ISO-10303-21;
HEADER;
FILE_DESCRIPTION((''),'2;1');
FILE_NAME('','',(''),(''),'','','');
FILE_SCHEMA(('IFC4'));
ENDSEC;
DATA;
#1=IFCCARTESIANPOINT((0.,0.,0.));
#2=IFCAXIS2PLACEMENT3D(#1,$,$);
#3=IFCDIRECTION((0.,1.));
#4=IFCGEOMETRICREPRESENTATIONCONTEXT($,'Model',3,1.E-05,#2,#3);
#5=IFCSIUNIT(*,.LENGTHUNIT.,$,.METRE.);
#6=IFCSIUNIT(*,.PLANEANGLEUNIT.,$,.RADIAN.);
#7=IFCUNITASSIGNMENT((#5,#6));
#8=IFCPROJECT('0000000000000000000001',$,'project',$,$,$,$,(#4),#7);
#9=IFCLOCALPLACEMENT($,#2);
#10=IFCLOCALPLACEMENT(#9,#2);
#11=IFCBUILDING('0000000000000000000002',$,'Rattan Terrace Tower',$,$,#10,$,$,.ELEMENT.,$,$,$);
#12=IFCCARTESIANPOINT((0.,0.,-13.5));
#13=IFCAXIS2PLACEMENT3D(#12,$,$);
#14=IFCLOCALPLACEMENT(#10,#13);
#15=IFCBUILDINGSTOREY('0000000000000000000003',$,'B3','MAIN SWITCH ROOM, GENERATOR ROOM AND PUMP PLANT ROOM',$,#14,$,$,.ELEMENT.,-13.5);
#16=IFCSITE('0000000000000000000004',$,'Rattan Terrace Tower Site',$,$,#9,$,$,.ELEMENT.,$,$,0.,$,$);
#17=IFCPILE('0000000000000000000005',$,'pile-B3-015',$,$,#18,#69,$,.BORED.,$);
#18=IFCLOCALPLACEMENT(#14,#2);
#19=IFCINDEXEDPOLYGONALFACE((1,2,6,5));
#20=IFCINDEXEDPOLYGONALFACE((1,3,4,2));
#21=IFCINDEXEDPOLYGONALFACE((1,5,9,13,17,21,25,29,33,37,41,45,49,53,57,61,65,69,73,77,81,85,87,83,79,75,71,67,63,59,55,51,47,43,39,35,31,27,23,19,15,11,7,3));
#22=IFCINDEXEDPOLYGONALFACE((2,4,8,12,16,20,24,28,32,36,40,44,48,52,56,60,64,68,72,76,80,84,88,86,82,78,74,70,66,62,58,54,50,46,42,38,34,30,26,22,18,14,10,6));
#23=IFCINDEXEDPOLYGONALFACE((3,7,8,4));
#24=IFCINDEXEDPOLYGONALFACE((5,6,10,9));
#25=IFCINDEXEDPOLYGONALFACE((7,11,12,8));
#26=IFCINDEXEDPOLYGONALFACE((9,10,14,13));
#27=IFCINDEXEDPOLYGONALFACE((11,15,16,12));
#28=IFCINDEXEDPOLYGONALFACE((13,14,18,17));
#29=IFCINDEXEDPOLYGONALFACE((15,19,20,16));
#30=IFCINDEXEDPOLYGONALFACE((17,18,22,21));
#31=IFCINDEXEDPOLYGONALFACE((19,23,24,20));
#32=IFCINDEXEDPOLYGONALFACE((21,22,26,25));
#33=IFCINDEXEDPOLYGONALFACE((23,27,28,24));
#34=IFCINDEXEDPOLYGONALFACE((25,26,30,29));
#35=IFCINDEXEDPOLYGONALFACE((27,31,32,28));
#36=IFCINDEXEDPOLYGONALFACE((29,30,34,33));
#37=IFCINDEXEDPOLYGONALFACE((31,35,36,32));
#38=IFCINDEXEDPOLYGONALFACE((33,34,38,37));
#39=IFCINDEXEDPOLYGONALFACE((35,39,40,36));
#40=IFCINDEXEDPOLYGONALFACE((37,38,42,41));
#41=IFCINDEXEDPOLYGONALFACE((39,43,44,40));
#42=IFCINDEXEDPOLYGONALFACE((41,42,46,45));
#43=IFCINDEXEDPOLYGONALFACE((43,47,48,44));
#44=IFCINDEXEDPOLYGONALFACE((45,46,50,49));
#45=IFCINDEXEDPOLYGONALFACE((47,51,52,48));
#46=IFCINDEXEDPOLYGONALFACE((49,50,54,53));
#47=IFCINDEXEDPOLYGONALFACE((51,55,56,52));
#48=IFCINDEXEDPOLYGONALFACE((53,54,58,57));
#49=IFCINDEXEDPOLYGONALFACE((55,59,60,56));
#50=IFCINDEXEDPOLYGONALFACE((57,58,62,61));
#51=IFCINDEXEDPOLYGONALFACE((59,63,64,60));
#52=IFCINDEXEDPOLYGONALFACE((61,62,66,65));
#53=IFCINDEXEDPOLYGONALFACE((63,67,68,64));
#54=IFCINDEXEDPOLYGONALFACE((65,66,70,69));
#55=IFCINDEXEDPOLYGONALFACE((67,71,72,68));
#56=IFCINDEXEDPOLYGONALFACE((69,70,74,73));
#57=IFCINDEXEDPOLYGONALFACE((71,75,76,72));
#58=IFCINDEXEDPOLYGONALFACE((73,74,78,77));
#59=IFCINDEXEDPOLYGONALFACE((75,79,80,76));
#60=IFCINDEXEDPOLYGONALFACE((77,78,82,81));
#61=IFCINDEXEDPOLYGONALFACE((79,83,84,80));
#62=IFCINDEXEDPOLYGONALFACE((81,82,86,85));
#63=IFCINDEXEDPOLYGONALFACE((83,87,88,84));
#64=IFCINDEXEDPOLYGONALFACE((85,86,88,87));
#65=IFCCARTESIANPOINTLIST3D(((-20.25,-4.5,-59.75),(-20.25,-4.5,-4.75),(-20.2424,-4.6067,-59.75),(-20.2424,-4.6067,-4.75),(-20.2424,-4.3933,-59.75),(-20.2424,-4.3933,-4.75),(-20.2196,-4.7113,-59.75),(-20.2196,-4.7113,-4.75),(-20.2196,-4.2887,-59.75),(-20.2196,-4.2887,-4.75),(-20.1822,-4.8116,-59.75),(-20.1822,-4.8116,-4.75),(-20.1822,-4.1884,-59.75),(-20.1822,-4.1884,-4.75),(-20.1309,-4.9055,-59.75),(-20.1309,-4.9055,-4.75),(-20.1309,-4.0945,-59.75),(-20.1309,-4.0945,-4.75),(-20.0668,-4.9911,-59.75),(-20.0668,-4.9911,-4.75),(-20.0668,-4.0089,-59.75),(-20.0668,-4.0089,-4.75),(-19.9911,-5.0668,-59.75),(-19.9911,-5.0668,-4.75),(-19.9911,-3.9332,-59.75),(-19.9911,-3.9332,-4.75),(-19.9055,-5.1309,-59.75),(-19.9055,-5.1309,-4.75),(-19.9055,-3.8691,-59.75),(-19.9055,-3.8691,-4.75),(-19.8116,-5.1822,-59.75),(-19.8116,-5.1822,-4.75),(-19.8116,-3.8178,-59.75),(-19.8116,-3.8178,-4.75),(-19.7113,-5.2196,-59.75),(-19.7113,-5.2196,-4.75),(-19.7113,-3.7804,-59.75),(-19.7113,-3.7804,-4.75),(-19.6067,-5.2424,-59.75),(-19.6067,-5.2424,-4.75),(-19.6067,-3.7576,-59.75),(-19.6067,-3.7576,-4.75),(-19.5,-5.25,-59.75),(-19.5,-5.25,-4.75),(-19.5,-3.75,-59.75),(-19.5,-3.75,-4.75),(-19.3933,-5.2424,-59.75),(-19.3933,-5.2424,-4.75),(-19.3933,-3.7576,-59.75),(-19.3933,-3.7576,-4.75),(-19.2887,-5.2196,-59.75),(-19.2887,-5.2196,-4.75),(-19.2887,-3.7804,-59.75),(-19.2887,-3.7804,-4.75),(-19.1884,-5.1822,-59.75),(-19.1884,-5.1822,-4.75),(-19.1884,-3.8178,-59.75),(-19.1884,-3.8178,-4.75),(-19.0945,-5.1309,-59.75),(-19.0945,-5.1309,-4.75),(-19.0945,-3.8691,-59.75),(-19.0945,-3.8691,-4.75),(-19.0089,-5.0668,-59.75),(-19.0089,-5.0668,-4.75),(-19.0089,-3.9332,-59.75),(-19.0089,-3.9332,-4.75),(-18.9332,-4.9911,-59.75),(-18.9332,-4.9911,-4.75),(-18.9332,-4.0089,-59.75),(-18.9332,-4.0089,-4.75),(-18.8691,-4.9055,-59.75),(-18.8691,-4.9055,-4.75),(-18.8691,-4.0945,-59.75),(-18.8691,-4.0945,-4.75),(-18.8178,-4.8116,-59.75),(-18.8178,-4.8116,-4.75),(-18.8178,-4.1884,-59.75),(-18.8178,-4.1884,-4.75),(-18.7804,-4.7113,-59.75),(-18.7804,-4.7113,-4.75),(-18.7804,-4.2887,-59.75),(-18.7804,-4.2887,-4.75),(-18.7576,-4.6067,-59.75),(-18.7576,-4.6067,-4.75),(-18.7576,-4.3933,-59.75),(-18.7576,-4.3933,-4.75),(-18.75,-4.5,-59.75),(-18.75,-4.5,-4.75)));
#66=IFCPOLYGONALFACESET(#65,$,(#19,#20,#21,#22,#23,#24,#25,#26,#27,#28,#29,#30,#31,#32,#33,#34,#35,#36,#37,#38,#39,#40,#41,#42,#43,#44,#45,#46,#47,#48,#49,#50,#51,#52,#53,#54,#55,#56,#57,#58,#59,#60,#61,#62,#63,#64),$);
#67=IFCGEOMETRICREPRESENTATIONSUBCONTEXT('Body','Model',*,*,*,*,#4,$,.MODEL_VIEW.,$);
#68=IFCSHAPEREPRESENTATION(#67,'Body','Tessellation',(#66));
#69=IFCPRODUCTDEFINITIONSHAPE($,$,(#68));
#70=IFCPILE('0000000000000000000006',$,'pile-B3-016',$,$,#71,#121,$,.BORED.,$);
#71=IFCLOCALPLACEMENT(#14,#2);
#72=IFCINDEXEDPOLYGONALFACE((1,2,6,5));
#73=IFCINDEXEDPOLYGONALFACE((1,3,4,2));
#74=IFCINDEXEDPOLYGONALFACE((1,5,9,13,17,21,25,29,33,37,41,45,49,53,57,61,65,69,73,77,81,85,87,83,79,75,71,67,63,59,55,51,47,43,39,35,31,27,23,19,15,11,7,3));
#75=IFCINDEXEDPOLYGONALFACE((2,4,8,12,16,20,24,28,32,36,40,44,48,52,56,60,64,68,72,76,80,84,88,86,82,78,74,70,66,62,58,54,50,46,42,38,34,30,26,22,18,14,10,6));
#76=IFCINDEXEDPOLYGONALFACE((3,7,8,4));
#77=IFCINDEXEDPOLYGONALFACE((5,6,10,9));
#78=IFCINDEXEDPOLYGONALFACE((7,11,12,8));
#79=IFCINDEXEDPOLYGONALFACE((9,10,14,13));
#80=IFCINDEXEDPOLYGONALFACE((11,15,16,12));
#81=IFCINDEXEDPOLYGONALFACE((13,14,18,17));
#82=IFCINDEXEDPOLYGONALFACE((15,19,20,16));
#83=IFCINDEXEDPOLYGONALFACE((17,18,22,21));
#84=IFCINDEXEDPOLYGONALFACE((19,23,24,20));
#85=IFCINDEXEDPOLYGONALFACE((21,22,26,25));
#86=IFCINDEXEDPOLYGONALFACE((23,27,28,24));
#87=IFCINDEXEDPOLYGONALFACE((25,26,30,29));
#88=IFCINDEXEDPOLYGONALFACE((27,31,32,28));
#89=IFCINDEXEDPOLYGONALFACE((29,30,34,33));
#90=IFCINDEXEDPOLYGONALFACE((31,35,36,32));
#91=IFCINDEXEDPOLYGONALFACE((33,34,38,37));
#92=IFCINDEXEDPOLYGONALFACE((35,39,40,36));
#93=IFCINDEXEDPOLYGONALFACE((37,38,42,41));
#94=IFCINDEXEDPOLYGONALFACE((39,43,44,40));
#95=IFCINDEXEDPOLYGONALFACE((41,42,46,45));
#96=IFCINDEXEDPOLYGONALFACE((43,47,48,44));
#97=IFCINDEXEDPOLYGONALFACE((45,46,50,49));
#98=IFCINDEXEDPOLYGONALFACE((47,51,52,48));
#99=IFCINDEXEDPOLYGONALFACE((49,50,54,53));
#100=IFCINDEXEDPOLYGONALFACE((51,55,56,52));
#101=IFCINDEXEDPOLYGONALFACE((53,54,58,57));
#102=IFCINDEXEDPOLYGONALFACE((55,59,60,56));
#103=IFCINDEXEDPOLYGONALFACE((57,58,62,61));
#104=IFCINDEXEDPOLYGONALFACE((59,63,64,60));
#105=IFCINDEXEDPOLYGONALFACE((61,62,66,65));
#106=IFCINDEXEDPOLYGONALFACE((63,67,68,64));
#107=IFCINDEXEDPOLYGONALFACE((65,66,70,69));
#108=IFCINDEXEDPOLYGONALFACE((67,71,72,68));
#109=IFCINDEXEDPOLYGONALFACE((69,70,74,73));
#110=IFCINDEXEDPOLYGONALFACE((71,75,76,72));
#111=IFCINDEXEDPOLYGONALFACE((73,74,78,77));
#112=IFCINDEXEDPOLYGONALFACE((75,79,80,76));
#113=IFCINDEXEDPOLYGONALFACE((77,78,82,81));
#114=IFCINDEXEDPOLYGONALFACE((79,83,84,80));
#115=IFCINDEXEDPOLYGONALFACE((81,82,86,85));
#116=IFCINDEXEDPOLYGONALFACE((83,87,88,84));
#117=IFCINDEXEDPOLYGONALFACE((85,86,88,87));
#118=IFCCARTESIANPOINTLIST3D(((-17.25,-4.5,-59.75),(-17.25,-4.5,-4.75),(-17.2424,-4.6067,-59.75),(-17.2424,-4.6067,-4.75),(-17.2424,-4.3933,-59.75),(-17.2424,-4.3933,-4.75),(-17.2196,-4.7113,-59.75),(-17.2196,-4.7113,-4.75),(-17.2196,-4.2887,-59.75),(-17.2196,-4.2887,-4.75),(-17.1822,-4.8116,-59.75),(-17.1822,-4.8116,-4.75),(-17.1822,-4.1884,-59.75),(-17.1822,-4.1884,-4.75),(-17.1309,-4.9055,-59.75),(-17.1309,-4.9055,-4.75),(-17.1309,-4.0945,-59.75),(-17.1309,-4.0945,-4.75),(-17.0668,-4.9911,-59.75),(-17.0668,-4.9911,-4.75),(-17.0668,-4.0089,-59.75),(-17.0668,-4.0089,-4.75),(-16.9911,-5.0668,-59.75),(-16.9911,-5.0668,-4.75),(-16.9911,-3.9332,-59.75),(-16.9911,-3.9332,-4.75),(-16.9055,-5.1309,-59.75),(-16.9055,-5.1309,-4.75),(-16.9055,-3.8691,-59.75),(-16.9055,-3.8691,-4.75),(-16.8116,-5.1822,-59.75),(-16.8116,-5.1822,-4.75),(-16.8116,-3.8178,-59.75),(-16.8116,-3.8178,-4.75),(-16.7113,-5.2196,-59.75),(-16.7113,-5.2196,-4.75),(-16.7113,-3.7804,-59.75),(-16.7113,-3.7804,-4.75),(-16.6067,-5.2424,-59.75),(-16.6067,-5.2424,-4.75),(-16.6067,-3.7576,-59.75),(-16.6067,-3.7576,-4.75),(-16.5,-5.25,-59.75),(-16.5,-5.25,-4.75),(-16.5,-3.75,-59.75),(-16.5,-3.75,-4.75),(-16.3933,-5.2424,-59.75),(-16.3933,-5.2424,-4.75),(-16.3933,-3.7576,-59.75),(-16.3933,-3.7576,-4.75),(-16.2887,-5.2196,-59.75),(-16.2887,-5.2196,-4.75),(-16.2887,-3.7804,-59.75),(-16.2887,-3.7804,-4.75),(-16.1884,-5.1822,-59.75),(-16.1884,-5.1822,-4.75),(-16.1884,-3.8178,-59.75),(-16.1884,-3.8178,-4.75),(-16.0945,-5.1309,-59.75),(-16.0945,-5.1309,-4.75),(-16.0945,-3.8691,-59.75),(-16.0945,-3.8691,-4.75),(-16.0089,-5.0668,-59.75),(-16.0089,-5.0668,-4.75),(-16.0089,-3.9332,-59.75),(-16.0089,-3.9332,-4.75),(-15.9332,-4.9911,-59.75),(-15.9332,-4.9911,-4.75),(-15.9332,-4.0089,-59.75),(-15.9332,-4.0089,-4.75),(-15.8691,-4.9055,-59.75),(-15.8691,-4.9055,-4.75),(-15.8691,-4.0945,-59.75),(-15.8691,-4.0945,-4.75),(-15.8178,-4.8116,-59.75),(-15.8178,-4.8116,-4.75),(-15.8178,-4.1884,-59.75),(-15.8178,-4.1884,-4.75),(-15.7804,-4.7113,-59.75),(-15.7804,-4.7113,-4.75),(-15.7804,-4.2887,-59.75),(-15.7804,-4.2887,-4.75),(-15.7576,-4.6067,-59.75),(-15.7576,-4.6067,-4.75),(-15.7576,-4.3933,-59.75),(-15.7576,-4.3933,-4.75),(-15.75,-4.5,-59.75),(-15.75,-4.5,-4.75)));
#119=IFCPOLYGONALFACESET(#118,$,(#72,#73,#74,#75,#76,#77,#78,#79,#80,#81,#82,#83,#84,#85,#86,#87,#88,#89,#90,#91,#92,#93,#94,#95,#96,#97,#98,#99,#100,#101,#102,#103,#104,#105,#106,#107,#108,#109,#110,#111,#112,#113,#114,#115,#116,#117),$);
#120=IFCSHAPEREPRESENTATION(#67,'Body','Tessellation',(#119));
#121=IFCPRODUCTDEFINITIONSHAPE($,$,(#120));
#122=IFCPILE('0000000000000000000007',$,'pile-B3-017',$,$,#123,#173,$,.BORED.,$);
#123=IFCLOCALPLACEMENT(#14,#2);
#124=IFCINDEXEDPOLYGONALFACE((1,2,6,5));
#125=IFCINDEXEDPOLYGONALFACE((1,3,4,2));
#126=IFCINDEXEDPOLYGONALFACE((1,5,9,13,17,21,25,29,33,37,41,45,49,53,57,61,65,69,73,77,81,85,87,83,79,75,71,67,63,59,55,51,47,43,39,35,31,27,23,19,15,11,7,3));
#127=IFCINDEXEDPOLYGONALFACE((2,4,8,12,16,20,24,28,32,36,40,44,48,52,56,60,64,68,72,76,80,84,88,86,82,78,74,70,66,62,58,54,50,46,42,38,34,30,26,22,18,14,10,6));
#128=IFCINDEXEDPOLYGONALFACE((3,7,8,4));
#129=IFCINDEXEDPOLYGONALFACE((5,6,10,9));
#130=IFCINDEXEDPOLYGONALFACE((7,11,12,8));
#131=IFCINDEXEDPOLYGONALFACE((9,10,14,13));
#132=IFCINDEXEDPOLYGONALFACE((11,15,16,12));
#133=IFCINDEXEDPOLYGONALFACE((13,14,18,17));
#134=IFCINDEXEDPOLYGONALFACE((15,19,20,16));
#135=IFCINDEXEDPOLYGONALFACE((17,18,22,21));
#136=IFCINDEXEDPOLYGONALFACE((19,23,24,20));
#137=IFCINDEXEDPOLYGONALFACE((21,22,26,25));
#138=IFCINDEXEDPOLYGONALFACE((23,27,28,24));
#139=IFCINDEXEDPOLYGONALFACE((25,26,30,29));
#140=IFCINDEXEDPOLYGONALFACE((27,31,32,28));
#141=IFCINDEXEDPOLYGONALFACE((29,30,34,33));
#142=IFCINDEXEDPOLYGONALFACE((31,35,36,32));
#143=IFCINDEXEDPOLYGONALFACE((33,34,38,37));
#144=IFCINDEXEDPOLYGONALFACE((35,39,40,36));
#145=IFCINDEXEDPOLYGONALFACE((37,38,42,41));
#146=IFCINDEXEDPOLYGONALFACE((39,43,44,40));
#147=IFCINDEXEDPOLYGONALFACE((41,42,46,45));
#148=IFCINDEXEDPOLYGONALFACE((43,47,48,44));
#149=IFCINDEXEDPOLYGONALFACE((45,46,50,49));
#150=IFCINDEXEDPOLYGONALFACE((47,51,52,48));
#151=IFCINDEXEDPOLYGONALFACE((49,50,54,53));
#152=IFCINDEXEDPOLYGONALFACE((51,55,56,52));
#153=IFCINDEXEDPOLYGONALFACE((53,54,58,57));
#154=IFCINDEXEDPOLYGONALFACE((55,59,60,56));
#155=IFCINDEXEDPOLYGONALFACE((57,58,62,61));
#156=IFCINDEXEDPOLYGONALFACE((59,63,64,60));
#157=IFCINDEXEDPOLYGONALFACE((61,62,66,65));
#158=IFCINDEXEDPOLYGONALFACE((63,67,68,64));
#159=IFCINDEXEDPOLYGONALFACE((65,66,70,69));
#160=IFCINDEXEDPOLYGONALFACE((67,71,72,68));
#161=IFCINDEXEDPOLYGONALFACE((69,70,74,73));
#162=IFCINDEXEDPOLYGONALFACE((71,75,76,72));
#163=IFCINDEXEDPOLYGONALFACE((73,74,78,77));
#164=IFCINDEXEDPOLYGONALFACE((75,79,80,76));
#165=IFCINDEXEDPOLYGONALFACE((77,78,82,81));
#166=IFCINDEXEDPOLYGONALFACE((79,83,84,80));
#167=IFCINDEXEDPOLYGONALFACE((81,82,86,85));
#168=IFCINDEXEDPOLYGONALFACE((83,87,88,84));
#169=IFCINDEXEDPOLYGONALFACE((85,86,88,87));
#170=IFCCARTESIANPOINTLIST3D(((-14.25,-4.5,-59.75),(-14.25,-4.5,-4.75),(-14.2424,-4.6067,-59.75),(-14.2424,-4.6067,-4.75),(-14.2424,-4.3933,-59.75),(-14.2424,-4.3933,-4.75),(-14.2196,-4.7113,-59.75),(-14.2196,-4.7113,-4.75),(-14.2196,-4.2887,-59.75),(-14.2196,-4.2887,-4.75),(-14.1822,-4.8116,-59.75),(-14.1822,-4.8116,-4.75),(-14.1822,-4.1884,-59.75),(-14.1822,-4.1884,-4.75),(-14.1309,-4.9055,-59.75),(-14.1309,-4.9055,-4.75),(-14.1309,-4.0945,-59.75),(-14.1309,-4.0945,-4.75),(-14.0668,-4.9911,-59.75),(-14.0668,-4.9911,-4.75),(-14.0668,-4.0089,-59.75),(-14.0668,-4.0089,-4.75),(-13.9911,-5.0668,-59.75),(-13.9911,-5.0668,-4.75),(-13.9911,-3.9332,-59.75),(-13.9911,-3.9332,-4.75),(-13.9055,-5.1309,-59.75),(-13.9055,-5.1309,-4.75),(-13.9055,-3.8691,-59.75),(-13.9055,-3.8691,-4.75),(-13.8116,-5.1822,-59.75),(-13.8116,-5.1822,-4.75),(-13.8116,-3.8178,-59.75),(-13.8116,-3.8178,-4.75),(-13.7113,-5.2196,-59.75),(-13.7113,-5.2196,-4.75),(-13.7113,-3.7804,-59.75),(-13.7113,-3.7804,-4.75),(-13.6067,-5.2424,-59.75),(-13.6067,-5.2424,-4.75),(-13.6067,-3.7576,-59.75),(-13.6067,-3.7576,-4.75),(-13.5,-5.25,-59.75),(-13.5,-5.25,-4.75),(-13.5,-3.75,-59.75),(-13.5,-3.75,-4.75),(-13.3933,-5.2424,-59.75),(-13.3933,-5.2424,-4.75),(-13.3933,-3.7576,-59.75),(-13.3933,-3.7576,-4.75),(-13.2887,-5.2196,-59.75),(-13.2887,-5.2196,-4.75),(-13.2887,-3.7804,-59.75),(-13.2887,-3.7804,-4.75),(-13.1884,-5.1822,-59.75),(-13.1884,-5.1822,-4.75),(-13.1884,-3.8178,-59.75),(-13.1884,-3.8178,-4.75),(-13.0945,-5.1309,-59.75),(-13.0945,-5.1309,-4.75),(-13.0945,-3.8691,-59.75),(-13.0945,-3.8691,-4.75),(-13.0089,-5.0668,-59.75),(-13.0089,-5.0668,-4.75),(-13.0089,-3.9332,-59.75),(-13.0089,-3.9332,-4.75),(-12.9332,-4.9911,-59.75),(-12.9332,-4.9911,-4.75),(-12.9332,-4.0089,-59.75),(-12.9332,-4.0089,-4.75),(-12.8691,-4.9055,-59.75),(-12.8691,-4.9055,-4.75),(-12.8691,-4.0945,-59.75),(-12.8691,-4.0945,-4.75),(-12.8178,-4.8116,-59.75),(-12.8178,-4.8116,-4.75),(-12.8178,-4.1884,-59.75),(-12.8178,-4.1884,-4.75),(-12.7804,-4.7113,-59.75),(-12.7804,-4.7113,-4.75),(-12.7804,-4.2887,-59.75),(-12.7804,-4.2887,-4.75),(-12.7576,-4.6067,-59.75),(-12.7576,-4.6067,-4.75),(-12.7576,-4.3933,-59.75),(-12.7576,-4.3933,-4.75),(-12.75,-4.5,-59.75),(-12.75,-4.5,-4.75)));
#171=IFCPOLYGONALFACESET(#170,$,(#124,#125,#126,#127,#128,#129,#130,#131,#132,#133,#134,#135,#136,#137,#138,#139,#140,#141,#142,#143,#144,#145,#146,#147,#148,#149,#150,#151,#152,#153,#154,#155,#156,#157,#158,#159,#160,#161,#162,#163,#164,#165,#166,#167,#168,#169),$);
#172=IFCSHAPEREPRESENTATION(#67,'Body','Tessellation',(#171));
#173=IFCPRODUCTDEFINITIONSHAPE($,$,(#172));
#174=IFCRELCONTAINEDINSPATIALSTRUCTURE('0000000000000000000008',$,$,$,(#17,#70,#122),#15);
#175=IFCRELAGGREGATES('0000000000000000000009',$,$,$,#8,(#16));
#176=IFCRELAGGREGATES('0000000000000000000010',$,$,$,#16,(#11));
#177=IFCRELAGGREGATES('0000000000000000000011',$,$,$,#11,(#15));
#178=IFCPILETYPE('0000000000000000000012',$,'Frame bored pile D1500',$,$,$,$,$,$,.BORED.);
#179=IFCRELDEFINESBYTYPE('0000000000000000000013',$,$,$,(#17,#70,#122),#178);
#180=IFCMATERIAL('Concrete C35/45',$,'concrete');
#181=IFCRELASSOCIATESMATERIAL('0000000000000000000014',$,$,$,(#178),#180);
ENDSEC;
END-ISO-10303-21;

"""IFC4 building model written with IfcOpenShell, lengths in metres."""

from ifc_helpers import new_model, si_unit, direction, frame, origin, origin_2d, place, context, subcontext, project, spatial, circle, extrude, material, material_profile, profile_set, type_object, element, save


model = new_model("IFC4")

# Units and contexts
model_context = context("Model", 3, precision=1e-05, world=origin(), true_north=direction((0.0, 1.0)))
body_context = subcontext(model_context, "Body", "Model", "MODEL_VIEW")
ifc_project = project(units=[si_unit("LENGTHUNIT", "METRE"), si_unit("PLANEANGLEUNIT", "RADIAN")], contexts=[model_context])

# Site, building, storey
site_placement = place(None, origin())
site = spatial("IfcSite", under=ifc_project, at=site_placement, Name="Rattan Terrace Tower Site", CompositionType="ELEMENT", RefElevation=0.0)
building_placement = place(site_placement, origin())
building = spatial("IfcBuilding", under=site, at=building_placement, Name="Rattan Terrace Tower", CompositionType="ELEMENT")
storey_placement = place(building_placement, frame((0.0, 0.0, -13.5)))
storey = spatial("IfcBuildingStorey", under=building, at=storey_placement, Name="B3", Description="MAIN SWITCH ROOM, GENERATOR ROOM AND PUMP PLANT ROOM", CompositionType="ELEMENT", Elevation=-13.5)

# Piles
ifc_material_1 = material(Name="Concrete C35/45", Category="concrete")
ifc_material_profile = material_profile(ifc_material_1, circle(Radius=0.75, at=origin_2d()), Name="PILE D1500")
ifc_profile_set = profile_set([ifc_material_profile], Name="Concrete C35/45")
pile_type = type_object("IfcPileType", Name="Frame bored pile D1500", PredefinedType="BORED", material=ifc_profile_set)
for number, where, z_axis, x_axis, name in (
    (1, (-19.5, -4.5, -4.75), (0.0, 0.0, -1.0), (1.0, 0.0, 0.0), "pile-B3-015"),
    (2, (-16.5, -4.5, -4.75), (0.0, 0.0, -1.0), (1.0, 0.0, 0.0), "pile-B3-016"),
    (3, (-13.5, -4.5, -4.75), (0.0, 0.0, -1.0), (1.0, 0.0, 0.0), "pile-B3-017"),
):
    element("IfcPile", number, at=place(storey_placement, frame(where, z_axis=z_axis, x_axis=x_axis)), inside=storey, type_object=pile_type, Name=name, PredefinedType="BORED", context=body_context, shape_type="SweptSolid", body=[
        extrude(circle(Radius=0.75, at=origin_2d()), origin(), (0.0, 0.0, 1.0), 55.0),
    ])

save(model, "model.ifc")
